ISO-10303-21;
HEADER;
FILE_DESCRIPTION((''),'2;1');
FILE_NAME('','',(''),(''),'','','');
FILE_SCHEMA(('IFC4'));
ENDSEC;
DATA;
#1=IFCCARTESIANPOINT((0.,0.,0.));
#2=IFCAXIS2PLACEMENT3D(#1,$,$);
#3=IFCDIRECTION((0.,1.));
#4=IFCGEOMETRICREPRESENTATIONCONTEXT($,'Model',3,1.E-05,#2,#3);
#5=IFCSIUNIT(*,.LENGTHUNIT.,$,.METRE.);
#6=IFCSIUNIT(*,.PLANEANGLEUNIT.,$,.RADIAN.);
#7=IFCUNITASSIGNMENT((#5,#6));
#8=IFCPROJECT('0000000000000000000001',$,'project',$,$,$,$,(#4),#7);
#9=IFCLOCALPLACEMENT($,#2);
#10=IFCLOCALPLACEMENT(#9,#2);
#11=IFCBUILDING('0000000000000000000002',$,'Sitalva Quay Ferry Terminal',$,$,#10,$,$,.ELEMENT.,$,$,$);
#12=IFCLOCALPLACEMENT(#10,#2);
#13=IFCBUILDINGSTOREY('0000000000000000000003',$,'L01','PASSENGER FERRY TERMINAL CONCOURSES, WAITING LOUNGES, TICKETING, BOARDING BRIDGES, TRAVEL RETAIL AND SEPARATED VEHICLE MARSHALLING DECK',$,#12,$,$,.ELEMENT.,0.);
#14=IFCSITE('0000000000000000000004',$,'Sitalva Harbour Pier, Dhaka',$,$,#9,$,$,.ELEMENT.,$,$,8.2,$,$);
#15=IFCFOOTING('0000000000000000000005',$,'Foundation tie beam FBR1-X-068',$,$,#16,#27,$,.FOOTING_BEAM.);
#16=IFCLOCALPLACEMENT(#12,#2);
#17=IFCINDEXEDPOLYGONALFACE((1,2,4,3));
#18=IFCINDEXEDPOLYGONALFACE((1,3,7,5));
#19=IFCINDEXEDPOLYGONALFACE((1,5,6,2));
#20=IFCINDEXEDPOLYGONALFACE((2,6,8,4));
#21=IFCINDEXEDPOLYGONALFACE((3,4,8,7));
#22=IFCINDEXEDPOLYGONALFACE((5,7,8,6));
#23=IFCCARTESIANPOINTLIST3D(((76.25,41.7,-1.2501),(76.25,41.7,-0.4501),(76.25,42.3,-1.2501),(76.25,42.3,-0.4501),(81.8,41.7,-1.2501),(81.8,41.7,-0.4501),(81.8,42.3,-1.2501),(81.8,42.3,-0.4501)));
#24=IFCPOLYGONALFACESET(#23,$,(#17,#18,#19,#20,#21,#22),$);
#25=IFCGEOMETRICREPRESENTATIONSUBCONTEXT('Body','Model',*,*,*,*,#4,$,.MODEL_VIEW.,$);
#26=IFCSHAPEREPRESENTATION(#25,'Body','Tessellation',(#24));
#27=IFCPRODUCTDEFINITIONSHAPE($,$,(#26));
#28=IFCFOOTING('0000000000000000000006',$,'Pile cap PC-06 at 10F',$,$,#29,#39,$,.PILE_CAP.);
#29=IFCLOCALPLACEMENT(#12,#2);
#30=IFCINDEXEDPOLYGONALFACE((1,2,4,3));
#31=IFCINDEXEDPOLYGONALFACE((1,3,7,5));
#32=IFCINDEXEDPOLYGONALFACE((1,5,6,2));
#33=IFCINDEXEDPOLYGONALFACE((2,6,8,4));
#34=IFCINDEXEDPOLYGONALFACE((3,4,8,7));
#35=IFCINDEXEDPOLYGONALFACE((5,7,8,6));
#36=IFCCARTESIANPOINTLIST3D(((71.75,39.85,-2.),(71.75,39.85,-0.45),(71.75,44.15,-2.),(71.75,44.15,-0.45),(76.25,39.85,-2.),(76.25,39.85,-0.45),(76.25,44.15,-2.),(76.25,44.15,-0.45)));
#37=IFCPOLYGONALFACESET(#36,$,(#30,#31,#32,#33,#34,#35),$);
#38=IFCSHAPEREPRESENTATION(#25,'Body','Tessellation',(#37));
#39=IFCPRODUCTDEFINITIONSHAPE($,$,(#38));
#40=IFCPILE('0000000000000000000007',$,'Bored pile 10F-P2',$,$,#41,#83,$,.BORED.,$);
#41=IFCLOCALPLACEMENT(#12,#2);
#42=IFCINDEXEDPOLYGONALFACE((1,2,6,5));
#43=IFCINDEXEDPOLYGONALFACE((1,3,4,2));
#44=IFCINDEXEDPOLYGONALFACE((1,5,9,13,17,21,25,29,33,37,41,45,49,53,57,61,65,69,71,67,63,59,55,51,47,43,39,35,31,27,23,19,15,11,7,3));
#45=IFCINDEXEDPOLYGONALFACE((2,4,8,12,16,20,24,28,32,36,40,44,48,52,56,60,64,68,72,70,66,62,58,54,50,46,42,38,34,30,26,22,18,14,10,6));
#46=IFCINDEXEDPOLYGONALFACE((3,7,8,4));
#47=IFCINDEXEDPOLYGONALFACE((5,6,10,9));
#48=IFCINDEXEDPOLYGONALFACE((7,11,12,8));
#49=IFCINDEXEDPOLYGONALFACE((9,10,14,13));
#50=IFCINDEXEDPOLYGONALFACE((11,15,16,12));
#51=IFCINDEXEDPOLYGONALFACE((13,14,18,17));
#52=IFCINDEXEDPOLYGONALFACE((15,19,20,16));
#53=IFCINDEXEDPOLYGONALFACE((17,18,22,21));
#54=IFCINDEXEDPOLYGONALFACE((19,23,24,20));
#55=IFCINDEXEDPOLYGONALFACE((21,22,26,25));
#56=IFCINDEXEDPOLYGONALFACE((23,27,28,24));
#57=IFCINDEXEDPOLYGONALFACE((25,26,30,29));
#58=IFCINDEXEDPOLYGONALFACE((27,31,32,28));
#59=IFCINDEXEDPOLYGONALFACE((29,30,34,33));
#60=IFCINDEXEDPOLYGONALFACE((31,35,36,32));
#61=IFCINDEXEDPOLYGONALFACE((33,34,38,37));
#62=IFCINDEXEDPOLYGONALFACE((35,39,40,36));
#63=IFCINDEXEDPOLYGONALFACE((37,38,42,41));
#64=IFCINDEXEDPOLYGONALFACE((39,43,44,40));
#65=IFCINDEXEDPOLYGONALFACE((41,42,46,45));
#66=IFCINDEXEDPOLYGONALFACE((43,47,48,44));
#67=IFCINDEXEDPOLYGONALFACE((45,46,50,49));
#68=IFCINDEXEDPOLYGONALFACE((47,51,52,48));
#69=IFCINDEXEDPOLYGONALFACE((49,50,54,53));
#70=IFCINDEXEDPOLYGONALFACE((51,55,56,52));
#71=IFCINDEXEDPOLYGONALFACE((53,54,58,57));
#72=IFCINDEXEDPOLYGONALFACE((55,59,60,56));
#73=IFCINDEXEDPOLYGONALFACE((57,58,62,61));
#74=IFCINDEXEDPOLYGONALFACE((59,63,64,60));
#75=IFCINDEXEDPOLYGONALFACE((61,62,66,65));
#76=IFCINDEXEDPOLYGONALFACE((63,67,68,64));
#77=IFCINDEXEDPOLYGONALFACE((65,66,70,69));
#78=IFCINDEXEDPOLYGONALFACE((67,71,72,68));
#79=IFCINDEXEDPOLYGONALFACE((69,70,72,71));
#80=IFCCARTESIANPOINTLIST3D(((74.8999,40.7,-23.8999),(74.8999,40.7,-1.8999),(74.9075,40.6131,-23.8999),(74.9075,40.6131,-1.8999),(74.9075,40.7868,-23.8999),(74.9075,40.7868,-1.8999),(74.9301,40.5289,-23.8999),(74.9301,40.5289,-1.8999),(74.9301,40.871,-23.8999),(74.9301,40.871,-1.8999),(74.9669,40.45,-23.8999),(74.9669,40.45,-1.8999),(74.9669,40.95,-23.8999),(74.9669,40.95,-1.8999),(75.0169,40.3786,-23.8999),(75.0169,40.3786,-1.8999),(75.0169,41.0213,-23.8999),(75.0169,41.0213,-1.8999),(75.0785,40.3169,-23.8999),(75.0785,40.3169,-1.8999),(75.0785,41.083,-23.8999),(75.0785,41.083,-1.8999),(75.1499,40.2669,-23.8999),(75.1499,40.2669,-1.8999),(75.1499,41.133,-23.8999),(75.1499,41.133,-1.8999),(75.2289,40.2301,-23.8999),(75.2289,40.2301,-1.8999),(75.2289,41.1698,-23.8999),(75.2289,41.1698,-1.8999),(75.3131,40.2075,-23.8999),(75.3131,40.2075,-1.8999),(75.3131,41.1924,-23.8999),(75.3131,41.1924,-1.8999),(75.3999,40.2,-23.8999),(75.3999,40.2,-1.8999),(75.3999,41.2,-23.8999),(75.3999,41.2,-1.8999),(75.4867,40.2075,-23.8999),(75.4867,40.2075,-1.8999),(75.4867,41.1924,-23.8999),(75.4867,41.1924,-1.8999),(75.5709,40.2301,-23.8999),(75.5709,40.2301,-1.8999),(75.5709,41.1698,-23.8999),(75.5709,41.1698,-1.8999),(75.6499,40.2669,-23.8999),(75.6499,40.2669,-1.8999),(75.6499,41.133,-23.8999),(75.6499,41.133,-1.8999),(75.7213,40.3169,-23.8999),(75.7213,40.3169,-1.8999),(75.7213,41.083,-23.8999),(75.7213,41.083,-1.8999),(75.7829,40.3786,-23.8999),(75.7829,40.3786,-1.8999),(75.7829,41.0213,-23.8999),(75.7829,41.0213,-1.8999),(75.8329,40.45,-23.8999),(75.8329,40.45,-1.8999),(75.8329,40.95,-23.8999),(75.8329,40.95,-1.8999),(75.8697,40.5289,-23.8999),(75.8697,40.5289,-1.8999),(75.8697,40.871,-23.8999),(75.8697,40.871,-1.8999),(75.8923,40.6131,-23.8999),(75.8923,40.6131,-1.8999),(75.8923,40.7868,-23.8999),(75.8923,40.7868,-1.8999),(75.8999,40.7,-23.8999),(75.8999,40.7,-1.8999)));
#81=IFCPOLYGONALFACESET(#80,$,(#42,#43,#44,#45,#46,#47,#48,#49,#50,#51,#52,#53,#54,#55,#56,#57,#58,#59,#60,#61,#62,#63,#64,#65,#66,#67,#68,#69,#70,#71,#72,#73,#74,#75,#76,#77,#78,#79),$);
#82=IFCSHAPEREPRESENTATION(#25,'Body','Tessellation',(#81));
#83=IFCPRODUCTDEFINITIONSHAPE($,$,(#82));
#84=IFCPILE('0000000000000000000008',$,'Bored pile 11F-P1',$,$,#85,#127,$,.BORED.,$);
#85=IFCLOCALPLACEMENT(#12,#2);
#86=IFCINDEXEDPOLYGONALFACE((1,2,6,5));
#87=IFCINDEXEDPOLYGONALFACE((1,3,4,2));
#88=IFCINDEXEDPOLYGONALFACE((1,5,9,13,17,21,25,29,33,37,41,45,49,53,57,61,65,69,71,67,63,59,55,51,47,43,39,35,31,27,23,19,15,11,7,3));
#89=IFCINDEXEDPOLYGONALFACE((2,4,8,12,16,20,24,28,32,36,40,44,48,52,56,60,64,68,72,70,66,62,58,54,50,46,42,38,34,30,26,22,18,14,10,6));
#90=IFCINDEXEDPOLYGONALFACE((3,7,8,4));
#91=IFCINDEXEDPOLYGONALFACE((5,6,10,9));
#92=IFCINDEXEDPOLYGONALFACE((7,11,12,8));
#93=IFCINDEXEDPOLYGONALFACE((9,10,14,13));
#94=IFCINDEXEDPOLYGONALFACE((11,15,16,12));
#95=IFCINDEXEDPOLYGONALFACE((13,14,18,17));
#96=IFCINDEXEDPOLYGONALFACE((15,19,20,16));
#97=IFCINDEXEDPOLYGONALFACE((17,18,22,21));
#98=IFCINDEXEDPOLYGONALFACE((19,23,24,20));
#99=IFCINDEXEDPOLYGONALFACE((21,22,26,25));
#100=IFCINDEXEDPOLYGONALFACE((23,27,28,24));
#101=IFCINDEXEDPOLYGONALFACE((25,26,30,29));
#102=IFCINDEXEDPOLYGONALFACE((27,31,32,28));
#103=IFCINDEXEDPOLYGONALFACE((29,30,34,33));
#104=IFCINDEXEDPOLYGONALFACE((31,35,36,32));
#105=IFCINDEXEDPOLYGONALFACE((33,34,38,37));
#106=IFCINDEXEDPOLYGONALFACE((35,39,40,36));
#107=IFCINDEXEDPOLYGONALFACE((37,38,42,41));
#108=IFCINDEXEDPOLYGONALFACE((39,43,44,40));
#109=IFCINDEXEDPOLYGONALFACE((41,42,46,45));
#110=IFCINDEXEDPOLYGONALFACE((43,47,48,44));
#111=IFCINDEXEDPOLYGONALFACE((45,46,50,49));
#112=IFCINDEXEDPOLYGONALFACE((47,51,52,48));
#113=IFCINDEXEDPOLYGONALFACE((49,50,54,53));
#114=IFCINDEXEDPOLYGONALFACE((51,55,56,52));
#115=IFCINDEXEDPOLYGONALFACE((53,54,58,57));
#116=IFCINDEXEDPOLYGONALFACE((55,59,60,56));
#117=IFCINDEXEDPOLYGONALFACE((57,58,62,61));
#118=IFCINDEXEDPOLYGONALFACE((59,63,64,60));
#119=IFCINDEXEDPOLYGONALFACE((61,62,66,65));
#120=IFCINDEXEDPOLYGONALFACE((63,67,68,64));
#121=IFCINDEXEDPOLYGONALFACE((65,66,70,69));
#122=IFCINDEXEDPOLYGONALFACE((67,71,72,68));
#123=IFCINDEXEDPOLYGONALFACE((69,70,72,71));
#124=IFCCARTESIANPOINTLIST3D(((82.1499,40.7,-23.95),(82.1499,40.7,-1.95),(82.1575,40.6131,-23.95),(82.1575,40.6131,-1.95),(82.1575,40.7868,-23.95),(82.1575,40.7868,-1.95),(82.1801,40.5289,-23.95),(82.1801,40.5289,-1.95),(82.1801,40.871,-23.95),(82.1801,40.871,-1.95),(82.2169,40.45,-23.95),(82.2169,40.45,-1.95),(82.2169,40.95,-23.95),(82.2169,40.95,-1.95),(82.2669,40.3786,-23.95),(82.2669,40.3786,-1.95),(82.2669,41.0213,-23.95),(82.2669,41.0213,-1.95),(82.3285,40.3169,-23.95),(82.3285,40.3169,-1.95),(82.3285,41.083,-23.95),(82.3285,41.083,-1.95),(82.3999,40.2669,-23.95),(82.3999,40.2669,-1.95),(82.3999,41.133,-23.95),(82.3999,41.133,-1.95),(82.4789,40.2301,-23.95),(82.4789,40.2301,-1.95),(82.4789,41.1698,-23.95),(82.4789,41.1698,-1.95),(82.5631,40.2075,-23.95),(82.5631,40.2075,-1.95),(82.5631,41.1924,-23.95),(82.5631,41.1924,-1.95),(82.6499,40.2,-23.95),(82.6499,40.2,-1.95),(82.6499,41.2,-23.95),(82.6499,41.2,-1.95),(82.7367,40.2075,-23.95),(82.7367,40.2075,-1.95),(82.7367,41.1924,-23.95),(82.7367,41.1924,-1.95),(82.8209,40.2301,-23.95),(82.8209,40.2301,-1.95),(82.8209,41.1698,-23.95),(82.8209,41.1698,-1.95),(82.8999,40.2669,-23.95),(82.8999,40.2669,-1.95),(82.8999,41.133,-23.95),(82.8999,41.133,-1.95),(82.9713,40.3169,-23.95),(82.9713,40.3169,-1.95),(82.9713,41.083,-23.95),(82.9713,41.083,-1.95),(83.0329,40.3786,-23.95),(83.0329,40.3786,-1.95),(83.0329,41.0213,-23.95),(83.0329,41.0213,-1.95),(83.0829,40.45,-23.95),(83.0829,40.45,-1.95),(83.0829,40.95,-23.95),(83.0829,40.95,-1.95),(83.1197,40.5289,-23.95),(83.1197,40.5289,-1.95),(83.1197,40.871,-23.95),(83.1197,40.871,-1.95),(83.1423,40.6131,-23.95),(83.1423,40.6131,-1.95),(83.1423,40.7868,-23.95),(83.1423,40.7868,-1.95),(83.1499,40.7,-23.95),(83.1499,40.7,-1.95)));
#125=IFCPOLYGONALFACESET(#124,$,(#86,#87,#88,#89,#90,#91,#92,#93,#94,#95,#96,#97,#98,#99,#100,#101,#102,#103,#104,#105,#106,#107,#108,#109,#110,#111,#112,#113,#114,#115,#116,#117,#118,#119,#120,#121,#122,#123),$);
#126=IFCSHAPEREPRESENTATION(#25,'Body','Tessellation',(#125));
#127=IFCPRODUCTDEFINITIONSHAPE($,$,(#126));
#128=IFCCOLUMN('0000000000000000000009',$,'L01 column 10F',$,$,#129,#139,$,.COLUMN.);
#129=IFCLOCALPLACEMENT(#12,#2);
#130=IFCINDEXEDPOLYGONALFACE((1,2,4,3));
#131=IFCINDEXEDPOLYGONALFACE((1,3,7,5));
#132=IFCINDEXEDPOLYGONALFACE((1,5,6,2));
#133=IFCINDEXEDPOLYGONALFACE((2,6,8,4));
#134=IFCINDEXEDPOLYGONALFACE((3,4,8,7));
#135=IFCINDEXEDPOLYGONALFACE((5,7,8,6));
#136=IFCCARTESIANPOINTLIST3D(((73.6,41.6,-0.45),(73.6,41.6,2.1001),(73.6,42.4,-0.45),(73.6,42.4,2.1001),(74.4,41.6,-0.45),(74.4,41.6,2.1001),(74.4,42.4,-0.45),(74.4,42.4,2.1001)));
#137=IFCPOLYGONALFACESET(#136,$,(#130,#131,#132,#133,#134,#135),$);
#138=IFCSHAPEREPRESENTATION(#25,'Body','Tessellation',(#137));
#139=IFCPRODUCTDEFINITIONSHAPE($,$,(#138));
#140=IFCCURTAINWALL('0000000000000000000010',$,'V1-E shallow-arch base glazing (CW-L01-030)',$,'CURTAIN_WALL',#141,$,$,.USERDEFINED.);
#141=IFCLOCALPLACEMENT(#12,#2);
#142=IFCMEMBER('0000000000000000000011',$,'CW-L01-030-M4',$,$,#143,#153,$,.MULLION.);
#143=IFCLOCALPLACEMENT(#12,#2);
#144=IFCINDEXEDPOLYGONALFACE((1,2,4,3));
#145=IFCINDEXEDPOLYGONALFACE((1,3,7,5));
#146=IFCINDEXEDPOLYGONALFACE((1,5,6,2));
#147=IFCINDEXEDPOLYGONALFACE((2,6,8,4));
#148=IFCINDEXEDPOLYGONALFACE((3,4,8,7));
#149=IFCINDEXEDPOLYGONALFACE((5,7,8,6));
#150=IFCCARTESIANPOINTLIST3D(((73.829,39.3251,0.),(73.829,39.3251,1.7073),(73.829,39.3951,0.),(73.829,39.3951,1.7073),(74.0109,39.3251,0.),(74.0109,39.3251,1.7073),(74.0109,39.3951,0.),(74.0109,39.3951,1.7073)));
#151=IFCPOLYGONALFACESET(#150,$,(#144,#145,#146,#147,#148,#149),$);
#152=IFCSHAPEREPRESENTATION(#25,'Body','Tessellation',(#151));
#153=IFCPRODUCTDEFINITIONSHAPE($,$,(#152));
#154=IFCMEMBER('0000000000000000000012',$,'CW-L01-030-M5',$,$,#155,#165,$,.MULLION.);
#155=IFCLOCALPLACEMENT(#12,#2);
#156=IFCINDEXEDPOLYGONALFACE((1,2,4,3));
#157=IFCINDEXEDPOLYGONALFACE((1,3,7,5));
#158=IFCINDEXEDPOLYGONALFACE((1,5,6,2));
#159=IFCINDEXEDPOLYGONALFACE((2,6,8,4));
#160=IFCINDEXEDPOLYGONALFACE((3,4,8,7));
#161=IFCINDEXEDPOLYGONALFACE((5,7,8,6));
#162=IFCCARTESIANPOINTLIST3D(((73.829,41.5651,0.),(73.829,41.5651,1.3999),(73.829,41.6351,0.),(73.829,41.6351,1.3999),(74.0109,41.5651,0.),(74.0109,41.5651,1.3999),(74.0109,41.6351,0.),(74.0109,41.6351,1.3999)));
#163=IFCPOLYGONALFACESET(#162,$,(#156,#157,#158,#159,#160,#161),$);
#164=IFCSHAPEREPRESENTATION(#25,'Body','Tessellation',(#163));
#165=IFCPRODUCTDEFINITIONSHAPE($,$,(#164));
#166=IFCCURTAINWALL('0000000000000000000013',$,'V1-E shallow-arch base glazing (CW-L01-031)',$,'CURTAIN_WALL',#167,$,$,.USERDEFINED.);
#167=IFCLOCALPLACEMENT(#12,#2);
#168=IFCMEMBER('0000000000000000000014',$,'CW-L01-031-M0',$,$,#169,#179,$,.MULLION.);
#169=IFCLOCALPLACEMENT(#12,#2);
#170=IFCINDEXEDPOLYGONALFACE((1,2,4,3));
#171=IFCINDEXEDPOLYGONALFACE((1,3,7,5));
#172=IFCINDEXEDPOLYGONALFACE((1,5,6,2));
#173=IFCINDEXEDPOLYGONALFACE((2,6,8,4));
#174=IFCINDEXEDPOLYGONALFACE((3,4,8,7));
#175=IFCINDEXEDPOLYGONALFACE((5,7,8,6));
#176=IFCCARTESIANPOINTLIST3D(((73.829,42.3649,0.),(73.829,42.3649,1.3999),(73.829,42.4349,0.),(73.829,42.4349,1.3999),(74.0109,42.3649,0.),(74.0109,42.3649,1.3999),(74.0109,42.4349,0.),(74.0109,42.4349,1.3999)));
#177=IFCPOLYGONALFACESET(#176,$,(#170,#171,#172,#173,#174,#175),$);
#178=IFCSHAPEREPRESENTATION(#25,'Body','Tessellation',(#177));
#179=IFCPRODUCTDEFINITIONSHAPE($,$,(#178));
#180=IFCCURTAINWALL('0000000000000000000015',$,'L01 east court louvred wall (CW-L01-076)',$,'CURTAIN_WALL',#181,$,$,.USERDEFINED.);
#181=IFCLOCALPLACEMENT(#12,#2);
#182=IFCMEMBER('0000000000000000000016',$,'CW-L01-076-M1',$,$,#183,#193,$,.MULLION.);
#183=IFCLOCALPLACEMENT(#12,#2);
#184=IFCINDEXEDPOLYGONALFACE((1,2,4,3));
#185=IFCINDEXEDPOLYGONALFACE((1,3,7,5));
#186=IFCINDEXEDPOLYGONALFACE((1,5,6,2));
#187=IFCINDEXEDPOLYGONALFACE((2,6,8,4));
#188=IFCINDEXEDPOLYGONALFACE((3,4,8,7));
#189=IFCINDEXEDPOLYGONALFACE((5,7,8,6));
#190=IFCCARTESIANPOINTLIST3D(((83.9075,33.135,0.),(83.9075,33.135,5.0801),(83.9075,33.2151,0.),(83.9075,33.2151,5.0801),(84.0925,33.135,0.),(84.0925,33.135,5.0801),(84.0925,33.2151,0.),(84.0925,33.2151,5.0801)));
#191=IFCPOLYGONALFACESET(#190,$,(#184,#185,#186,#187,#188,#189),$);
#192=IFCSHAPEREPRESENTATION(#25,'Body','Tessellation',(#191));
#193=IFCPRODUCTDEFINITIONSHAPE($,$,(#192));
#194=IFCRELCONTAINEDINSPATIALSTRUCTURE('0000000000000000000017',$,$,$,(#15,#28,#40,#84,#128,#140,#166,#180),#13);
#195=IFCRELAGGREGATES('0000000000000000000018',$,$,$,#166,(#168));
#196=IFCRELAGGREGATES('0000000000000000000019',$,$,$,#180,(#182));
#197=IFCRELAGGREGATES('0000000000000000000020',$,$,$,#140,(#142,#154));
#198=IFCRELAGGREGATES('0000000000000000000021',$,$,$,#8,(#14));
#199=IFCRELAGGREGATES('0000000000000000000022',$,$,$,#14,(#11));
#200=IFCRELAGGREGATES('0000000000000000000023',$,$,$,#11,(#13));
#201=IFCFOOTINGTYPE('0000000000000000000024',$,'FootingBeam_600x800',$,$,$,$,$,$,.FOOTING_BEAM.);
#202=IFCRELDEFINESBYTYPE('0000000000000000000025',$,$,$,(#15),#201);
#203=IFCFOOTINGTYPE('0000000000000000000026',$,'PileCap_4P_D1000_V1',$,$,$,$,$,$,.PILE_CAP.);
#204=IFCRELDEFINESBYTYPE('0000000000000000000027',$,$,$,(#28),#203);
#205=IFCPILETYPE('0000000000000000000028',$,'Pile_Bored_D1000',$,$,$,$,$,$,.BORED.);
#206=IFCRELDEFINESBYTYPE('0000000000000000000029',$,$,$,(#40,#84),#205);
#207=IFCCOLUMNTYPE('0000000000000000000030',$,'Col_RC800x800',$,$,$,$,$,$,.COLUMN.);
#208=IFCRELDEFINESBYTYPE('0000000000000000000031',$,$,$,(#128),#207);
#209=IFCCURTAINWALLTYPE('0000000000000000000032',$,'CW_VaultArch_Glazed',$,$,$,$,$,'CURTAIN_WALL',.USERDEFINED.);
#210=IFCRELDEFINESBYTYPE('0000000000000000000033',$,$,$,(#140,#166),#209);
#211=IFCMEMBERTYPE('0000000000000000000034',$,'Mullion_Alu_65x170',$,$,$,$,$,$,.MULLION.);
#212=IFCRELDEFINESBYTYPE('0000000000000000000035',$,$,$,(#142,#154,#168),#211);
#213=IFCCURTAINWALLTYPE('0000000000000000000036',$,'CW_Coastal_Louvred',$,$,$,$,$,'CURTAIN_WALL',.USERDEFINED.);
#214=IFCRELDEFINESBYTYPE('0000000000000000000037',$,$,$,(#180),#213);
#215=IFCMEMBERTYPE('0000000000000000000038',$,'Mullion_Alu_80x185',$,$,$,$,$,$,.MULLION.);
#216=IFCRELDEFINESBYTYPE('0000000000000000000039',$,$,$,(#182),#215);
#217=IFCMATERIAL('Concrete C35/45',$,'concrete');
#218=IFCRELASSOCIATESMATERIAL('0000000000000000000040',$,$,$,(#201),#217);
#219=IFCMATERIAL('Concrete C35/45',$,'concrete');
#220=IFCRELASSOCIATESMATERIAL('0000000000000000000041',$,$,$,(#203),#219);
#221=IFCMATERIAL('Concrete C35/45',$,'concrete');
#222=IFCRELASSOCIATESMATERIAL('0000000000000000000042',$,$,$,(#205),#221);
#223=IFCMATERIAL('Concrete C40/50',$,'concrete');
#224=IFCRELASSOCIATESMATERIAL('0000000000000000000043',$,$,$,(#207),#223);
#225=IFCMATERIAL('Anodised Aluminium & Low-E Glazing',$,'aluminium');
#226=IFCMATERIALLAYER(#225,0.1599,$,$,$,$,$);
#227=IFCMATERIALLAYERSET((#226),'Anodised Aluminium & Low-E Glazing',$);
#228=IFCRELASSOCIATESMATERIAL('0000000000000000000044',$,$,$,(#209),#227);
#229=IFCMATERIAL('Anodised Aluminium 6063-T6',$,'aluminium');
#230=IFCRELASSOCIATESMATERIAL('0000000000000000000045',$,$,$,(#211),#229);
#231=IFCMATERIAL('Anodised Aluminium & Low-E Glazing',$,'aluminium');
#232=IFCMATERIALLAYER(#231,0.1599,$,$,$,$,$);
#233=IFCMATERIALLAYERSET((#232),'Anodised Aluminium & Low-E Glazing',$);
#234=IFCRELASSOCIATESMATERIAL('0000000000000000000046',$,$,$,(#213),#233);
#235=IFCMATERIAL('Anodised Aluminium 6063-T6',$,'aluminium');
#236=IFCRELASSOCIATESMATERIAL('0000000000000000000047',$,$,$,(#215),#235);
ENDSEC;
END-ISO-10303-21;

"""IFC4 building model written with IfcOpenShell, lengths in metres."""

from ifc_helpers import new_model, si_unit, direction, frame, origin, origin_2d, place, context, subcontext, project, spatial, rectangle, circle, extrude, material, layer, layer_set, material_profile, profile_set, type_object, element, aggregate, save


model = new_model("IFC4")

# Units and contexts
model_context = context("Model", 3, precision=1e-05, world=origin(), true_north=direction((0.0, 1.0)))
body_context = subcontext(model_context, "Body", "Model", "MODEL_VIEW")
ifc_project = project(units=[si_unit("LENGTHUNIT", "METRE"), si_unit("PLANEANGLEUNIT", "RADIAN")], contexts=[model_context])

# Site, building, storey
site_placement = place(None, origin())
site = spatial("IfcSite", under=ifc_project, at=site_placement, Name="Sitalva Harbour Pier, Dhaka", CompositionType="ELEMENT", RefElevation=8.2)
building_placement = place(site_placement, origin())
building = spatial("IfcBuilding", under=site, at=building_placement, Name="Sitalva Quay Ferry Terminal", CompositionType="ELEMENT")
storey_placement = place(building_placement, origin())
storey = spatial("IfcBuildingStorey", under=building, at=storey_placement, Name="L01", Description="PASSENGER FERRY TERMINAL CONCOURSES, WAITING LOUNGES, TICKETING, BOARDING BRIDGES, TRAVEL RETAIL AND SEPARATED VEHICLE MARSHALLING DECK", CompositionType="ELEMENT", Elevation=0.0)

# Footings
ifc_material_1 = material(Name="Concrete C35/45", Category="concrete")
ifc_material_profile_1 = material_profile(ifc_material_1, rectangle(XDim=0.6001, YDim=0.8, at=origin_2d()), Name="RC600x800")
ifc_profile_set_1 = profile_set([ifc_material_profile_1], Name="Concrete C35/45")
footing_type_1 = type_object("IfcFootingType", Name="FootingBeam_600x800", PredefinedType="FOOTING_BEAM", material=ifc_profile_set_1)
footing_1_placement = place(storey_placement, frame((76.25, 42.0, -0.8501), z_axis=(1.0, 0.0, 0.0), x_axis=(0.0, 1.0, 0.0)))
element("IfcFooting", 1, at=footing_1_placement, inside=storey, type_object=footing_type_1, Name="Foundation tie beam FBR1-X-068", PredefinedType="FOOTING_BEAM", context=body_context, shape_type="SweptSolid", body=[
    extrude(rectangle(XDim=0.6001, YDim=0.8, at=origin_2d()), origin(), (0.0, 0.0, 1.0), 5.55),
])
ifc_material_2 = material(Name="Concrete C35/45", Category="concrete")
footing_type_2 = type_object("IfcFootingType", Name="PileCap_4P_D1000_V1", PredefinedType="PILE_CAP", material=ifc_material_2)
footing_2_placement = place(storey_placement, frame((74.0, 42.0, -2.0), z_axis=(0.0, 0.0, 1.0), x_axis=(1.0, 0.0, 0.0)))
element("IfcFooting", 2, at=footing_2_placement, inside=storey, type_object=footing_type_2, Name="Pile cap PC-06 at 10F", PredefinedType="PILE_CAP", context=body_context, shape_type="SweptSolid", body=[
    extrude(rectangle(XDim=4.5, YDim=4.3, at=origin_2d()), origin(), (0.0, 0.0, 1.0), 1.55),
])

# Piles
ifc_material_3 = material(Name="Concrete C35/45", Category="concrete")
ifc_material_profile_2 = material_profile(ifc_material_3, circle(Radius=0.5, at=origin_2d()), Name="PILE-D1000")
ifc_profile_set_2 = profile_set([ifc_material_profile_2], Name="Concrete C35/45")
pile_type = type_object("IfcPileType", Name="Pile_Bored_D1000", PredefinedType="BORED", material=ifc_profile_set_2)
for number, where, z_axis, x_axis, name in (
    (3, (75.3999, 40.7, -1.8999), (0.0, 0.0, -1.0), (1.0, 0.0, 0.0), "Bored pile 10F-P2"),
    (4, (82.6499, 40.7, -1.95), (0.0, 0.0, -1.0), (1.0, 0.0, 0.0), "Bored pile 11F-P1"),
):
    element("IfcPile", number, at=place(storey_placement, frame(where, z_axis=z_axis, x_axis=x_axis)), inside=storey, type_object=pile_type, Name=name, PredefinedType="BORED", context=body_context, shape_type="SweptSolid", body=[
        extrude(circle(Radius=0.5, at=origin_2d()), origin(), (0.0, 0.0, 1.0), 22.0),
    ])

# Column
ifc_material_4 = material(Name="Concrete C40/50", Category="concrete")
ifc_material_profile_3 = material_profile(ifc_material_4, rectangle(XDim=0.8, YDim=0.8, at=origin_2d()), Name="RC800x800")
ifc_profile_set_3 = profile_set([ifc_material_profile_3], Name="Concrete C40/50")
column_type = type_object("IfcColumnType", Name="Col_RC800x800", PredefinedType="COLUMN", material=ifc_profile_set_3)
column_placement = place(storey_placement, frame((74.0, 42.0, -0.45), z_axis=(0.0, 0.0, 1.0), x_axis=(1.0, 0.0, 0.0)))
element("IfcColumn", 5, at=column_placement, inside=storey, type_object=column_type, Name="L01 column 10F", PredefinedType="COLUMN", context=body_context, shape_type="SweptSolid", body=[
    extrude(rectangle(XDim=0.8, YDim=0.8, at=origin_2d()), origin(), (0.0, 0.0, 1.0), 2.55),
])

# Curtain wall, members
ifc_material_5 = material(Name="Anodised Aluminium & Low-E Glazing", Category="aluminium")
ifc_layer_1 = layer(ifc_material_5, 0.1599)
ifc_layer_set_1 = layer_set([ifc_layer_1], Name="Anodised Aluminium & Low-E Glazing")
curtain_wall_type_1 = type_object("IfcCurtainWallType", Name="CW_VaultArch_Glazed", ElementType="CURTAIN_WALL", PredefinedType="USERDEFINED", material=ifc_layer_set_1)
curtain_wall_1_placement = place(storey_placement, origin())
curtain_wall_1 = element("IfcCurtainWall", 6, at=curtain_wall_1_placement, inside=storey, type_object=curtain_wall_type_1, Name="V1-E shallow-arch base glazing (CW-L01-030)", ObjectType="CURTAIN_WALL", PredefinedType="USERDEFINED")
ifc_material_6 = material(Name="Anodised Aluminium 6063-T6", Category="aluminium")
ifc_material_profile_4 = material_profile(ifc_material_6, rectangle(XDim=0.0701, YDim=0.1819, at=origin_2d()), Name="ALU70x182")
ifc_profile_set_4 = profile_set([ifc_material_profile_4], Name="Anodised Aluminium 6063-T6")
member_type_1 = type_object("IfcMemberType", Name="Mullion_Alu_65x170", PredefinedType="MULLION", material=ifc_profile_set_4)
member_1_placement = place(storey_placement, frame((73.9199, 39.3601, 0.0), z_axis=(0.0, 0.0, 1.0), x_axis=(0.0, 1.0, 0.0)))
member_1 = element("IfcMember", 7, at=member_1_placement, type_object=member_type_1, Name="CW-L01-030-M4", PredefinedType="MULLION", context=body_context, shape_type="SweptSolid", body=[
    extrude(rectangle(XDim=0.0701, YDim=0.1819, at=origin_2d()), origin(), (0.0, 0.0, 1.0), 1.7073),
])
member_2_placement = place(storey_placement, frame((73.9199, 41.6001, 0.0), z_axis=(0.0, 0.0, 1.0), x_axis=(0.0, 1.0, 0.0)))
member_2 = element("IfcMember", 8, at=member_2_placement, type_object=member_type_1, Name="CW-L01-030-M5", PredefinedType="MULLION", context=body_context, shape_type="SweptSolid", body=[
    extrude(rectangle(XDim=0.0701, YDim=0.1819, at=origin_2d()), origin(), (0.0, 0.0, 1.0), 1.3999),
])

# Curtain walls, members
curtain_wall_2_placement = place(storey_placement, origin())
curtain_wall_2 = element("IfcCurtainWall", 9, at=curtain_wall_2_placement, inside=storey, type_object=curtain_wall_type_1, Name="V1-E shallow-arch base glazing (CW-L01-031)", ObjectType="CURTAIN_WALL", PredefinedType="USERDEFINED")
member_3_placement = place(storey_placement, frame((73.9199, 42.3999, 0.0), z_axis=(0.0, 0.0, 1.0), x_axis=(0.0, 1.0, 0.0)))
member_3 = element("IfcMember", 10, at=member_3_placement, type_object=member_type_1, Name="CW-L01-031-M0", PredefinedType="MULLION", context=body_context, shape_type="SweptSolid", body=[
    extrude(rectangle(XDim=0.0701, YDim=0.1819, at=origin_2d()), origin(), (0.0, 0.0, 1.0), 1.3999),
])
ifc_material_7 = material(Name="Anodised Aluminium & Low-E Glazing", Category="aluminium")
ifc_layer_2 = layer(ifc_material_7, 0.1599)
ifc_layer_set_2 = layer_set([ifc_layer_2], Name="Anodised Aluminium & Low-E Glazing")
curtain_wall_type_2 = type_object("IfcCurtainWallType", Name="CW_Coastal_Louvred", ElementType="CURTAIN_WALL", PredefinedType="USERDEFINED", material=ifc_layer_set_2)
curtain_wall_3_placement = place(storey_placement, origin())
curtain_wall_3 = element("IfcCurtainWall", 11, at=curtain_wall_3_placement, inside=storey, type_object=curtain_wall_type_2, Name="L01 east court louvred wall (CW-L01-076)", ObjectType="CURTAIN_WALL", PredefinedType="USERDEFINED")
ifc_material_8 = material(Name="Anodised Aluminium 6063-T6", Category="aluminium")
ifc_material_profile_5 = material_profile(ifc_material_8, rectangle(XDim=0.0801, YDim=0.1851, at=origin_2d()), Name="ALU80x185")
ifc_profile_set_5 = profile_set([ifc_material_profile_5], Name="Anodised Aluminium 6063-T6")
member_type_2 = type_object("IfcMemberType", Name="Mullion_Alu_80x185", PredefinedType="MULLION", material=ifc_profile_set_5)
member_4_placement = place(storey_placement, frame((84.0, 33.175, 0.0), z_axis=(0.0, 0.0, 1.0), x_axis=(0.0, 1.0, 0.0)))
member_4 = element("IfcMember", 12, at=member_4_placement, type_object=member_type_2, Name="CW-L01-076-M1", PredefinedType="MULLION", context=body_context, shape_type="SweptSolid", body=[
    extrude(rectangle(XDim=0.0801, YDim=0.1851, at=origin_2d()), origin(), (0.0, 0.0, 1.0), 5.0801),
])

aggregate(curtain_wall_2, [member_3])
aggregate(curtain_wall_3, [member_4])

aggregate(curtain_wall_1, [member_1, member_2])

save(model, "model.ifc")
